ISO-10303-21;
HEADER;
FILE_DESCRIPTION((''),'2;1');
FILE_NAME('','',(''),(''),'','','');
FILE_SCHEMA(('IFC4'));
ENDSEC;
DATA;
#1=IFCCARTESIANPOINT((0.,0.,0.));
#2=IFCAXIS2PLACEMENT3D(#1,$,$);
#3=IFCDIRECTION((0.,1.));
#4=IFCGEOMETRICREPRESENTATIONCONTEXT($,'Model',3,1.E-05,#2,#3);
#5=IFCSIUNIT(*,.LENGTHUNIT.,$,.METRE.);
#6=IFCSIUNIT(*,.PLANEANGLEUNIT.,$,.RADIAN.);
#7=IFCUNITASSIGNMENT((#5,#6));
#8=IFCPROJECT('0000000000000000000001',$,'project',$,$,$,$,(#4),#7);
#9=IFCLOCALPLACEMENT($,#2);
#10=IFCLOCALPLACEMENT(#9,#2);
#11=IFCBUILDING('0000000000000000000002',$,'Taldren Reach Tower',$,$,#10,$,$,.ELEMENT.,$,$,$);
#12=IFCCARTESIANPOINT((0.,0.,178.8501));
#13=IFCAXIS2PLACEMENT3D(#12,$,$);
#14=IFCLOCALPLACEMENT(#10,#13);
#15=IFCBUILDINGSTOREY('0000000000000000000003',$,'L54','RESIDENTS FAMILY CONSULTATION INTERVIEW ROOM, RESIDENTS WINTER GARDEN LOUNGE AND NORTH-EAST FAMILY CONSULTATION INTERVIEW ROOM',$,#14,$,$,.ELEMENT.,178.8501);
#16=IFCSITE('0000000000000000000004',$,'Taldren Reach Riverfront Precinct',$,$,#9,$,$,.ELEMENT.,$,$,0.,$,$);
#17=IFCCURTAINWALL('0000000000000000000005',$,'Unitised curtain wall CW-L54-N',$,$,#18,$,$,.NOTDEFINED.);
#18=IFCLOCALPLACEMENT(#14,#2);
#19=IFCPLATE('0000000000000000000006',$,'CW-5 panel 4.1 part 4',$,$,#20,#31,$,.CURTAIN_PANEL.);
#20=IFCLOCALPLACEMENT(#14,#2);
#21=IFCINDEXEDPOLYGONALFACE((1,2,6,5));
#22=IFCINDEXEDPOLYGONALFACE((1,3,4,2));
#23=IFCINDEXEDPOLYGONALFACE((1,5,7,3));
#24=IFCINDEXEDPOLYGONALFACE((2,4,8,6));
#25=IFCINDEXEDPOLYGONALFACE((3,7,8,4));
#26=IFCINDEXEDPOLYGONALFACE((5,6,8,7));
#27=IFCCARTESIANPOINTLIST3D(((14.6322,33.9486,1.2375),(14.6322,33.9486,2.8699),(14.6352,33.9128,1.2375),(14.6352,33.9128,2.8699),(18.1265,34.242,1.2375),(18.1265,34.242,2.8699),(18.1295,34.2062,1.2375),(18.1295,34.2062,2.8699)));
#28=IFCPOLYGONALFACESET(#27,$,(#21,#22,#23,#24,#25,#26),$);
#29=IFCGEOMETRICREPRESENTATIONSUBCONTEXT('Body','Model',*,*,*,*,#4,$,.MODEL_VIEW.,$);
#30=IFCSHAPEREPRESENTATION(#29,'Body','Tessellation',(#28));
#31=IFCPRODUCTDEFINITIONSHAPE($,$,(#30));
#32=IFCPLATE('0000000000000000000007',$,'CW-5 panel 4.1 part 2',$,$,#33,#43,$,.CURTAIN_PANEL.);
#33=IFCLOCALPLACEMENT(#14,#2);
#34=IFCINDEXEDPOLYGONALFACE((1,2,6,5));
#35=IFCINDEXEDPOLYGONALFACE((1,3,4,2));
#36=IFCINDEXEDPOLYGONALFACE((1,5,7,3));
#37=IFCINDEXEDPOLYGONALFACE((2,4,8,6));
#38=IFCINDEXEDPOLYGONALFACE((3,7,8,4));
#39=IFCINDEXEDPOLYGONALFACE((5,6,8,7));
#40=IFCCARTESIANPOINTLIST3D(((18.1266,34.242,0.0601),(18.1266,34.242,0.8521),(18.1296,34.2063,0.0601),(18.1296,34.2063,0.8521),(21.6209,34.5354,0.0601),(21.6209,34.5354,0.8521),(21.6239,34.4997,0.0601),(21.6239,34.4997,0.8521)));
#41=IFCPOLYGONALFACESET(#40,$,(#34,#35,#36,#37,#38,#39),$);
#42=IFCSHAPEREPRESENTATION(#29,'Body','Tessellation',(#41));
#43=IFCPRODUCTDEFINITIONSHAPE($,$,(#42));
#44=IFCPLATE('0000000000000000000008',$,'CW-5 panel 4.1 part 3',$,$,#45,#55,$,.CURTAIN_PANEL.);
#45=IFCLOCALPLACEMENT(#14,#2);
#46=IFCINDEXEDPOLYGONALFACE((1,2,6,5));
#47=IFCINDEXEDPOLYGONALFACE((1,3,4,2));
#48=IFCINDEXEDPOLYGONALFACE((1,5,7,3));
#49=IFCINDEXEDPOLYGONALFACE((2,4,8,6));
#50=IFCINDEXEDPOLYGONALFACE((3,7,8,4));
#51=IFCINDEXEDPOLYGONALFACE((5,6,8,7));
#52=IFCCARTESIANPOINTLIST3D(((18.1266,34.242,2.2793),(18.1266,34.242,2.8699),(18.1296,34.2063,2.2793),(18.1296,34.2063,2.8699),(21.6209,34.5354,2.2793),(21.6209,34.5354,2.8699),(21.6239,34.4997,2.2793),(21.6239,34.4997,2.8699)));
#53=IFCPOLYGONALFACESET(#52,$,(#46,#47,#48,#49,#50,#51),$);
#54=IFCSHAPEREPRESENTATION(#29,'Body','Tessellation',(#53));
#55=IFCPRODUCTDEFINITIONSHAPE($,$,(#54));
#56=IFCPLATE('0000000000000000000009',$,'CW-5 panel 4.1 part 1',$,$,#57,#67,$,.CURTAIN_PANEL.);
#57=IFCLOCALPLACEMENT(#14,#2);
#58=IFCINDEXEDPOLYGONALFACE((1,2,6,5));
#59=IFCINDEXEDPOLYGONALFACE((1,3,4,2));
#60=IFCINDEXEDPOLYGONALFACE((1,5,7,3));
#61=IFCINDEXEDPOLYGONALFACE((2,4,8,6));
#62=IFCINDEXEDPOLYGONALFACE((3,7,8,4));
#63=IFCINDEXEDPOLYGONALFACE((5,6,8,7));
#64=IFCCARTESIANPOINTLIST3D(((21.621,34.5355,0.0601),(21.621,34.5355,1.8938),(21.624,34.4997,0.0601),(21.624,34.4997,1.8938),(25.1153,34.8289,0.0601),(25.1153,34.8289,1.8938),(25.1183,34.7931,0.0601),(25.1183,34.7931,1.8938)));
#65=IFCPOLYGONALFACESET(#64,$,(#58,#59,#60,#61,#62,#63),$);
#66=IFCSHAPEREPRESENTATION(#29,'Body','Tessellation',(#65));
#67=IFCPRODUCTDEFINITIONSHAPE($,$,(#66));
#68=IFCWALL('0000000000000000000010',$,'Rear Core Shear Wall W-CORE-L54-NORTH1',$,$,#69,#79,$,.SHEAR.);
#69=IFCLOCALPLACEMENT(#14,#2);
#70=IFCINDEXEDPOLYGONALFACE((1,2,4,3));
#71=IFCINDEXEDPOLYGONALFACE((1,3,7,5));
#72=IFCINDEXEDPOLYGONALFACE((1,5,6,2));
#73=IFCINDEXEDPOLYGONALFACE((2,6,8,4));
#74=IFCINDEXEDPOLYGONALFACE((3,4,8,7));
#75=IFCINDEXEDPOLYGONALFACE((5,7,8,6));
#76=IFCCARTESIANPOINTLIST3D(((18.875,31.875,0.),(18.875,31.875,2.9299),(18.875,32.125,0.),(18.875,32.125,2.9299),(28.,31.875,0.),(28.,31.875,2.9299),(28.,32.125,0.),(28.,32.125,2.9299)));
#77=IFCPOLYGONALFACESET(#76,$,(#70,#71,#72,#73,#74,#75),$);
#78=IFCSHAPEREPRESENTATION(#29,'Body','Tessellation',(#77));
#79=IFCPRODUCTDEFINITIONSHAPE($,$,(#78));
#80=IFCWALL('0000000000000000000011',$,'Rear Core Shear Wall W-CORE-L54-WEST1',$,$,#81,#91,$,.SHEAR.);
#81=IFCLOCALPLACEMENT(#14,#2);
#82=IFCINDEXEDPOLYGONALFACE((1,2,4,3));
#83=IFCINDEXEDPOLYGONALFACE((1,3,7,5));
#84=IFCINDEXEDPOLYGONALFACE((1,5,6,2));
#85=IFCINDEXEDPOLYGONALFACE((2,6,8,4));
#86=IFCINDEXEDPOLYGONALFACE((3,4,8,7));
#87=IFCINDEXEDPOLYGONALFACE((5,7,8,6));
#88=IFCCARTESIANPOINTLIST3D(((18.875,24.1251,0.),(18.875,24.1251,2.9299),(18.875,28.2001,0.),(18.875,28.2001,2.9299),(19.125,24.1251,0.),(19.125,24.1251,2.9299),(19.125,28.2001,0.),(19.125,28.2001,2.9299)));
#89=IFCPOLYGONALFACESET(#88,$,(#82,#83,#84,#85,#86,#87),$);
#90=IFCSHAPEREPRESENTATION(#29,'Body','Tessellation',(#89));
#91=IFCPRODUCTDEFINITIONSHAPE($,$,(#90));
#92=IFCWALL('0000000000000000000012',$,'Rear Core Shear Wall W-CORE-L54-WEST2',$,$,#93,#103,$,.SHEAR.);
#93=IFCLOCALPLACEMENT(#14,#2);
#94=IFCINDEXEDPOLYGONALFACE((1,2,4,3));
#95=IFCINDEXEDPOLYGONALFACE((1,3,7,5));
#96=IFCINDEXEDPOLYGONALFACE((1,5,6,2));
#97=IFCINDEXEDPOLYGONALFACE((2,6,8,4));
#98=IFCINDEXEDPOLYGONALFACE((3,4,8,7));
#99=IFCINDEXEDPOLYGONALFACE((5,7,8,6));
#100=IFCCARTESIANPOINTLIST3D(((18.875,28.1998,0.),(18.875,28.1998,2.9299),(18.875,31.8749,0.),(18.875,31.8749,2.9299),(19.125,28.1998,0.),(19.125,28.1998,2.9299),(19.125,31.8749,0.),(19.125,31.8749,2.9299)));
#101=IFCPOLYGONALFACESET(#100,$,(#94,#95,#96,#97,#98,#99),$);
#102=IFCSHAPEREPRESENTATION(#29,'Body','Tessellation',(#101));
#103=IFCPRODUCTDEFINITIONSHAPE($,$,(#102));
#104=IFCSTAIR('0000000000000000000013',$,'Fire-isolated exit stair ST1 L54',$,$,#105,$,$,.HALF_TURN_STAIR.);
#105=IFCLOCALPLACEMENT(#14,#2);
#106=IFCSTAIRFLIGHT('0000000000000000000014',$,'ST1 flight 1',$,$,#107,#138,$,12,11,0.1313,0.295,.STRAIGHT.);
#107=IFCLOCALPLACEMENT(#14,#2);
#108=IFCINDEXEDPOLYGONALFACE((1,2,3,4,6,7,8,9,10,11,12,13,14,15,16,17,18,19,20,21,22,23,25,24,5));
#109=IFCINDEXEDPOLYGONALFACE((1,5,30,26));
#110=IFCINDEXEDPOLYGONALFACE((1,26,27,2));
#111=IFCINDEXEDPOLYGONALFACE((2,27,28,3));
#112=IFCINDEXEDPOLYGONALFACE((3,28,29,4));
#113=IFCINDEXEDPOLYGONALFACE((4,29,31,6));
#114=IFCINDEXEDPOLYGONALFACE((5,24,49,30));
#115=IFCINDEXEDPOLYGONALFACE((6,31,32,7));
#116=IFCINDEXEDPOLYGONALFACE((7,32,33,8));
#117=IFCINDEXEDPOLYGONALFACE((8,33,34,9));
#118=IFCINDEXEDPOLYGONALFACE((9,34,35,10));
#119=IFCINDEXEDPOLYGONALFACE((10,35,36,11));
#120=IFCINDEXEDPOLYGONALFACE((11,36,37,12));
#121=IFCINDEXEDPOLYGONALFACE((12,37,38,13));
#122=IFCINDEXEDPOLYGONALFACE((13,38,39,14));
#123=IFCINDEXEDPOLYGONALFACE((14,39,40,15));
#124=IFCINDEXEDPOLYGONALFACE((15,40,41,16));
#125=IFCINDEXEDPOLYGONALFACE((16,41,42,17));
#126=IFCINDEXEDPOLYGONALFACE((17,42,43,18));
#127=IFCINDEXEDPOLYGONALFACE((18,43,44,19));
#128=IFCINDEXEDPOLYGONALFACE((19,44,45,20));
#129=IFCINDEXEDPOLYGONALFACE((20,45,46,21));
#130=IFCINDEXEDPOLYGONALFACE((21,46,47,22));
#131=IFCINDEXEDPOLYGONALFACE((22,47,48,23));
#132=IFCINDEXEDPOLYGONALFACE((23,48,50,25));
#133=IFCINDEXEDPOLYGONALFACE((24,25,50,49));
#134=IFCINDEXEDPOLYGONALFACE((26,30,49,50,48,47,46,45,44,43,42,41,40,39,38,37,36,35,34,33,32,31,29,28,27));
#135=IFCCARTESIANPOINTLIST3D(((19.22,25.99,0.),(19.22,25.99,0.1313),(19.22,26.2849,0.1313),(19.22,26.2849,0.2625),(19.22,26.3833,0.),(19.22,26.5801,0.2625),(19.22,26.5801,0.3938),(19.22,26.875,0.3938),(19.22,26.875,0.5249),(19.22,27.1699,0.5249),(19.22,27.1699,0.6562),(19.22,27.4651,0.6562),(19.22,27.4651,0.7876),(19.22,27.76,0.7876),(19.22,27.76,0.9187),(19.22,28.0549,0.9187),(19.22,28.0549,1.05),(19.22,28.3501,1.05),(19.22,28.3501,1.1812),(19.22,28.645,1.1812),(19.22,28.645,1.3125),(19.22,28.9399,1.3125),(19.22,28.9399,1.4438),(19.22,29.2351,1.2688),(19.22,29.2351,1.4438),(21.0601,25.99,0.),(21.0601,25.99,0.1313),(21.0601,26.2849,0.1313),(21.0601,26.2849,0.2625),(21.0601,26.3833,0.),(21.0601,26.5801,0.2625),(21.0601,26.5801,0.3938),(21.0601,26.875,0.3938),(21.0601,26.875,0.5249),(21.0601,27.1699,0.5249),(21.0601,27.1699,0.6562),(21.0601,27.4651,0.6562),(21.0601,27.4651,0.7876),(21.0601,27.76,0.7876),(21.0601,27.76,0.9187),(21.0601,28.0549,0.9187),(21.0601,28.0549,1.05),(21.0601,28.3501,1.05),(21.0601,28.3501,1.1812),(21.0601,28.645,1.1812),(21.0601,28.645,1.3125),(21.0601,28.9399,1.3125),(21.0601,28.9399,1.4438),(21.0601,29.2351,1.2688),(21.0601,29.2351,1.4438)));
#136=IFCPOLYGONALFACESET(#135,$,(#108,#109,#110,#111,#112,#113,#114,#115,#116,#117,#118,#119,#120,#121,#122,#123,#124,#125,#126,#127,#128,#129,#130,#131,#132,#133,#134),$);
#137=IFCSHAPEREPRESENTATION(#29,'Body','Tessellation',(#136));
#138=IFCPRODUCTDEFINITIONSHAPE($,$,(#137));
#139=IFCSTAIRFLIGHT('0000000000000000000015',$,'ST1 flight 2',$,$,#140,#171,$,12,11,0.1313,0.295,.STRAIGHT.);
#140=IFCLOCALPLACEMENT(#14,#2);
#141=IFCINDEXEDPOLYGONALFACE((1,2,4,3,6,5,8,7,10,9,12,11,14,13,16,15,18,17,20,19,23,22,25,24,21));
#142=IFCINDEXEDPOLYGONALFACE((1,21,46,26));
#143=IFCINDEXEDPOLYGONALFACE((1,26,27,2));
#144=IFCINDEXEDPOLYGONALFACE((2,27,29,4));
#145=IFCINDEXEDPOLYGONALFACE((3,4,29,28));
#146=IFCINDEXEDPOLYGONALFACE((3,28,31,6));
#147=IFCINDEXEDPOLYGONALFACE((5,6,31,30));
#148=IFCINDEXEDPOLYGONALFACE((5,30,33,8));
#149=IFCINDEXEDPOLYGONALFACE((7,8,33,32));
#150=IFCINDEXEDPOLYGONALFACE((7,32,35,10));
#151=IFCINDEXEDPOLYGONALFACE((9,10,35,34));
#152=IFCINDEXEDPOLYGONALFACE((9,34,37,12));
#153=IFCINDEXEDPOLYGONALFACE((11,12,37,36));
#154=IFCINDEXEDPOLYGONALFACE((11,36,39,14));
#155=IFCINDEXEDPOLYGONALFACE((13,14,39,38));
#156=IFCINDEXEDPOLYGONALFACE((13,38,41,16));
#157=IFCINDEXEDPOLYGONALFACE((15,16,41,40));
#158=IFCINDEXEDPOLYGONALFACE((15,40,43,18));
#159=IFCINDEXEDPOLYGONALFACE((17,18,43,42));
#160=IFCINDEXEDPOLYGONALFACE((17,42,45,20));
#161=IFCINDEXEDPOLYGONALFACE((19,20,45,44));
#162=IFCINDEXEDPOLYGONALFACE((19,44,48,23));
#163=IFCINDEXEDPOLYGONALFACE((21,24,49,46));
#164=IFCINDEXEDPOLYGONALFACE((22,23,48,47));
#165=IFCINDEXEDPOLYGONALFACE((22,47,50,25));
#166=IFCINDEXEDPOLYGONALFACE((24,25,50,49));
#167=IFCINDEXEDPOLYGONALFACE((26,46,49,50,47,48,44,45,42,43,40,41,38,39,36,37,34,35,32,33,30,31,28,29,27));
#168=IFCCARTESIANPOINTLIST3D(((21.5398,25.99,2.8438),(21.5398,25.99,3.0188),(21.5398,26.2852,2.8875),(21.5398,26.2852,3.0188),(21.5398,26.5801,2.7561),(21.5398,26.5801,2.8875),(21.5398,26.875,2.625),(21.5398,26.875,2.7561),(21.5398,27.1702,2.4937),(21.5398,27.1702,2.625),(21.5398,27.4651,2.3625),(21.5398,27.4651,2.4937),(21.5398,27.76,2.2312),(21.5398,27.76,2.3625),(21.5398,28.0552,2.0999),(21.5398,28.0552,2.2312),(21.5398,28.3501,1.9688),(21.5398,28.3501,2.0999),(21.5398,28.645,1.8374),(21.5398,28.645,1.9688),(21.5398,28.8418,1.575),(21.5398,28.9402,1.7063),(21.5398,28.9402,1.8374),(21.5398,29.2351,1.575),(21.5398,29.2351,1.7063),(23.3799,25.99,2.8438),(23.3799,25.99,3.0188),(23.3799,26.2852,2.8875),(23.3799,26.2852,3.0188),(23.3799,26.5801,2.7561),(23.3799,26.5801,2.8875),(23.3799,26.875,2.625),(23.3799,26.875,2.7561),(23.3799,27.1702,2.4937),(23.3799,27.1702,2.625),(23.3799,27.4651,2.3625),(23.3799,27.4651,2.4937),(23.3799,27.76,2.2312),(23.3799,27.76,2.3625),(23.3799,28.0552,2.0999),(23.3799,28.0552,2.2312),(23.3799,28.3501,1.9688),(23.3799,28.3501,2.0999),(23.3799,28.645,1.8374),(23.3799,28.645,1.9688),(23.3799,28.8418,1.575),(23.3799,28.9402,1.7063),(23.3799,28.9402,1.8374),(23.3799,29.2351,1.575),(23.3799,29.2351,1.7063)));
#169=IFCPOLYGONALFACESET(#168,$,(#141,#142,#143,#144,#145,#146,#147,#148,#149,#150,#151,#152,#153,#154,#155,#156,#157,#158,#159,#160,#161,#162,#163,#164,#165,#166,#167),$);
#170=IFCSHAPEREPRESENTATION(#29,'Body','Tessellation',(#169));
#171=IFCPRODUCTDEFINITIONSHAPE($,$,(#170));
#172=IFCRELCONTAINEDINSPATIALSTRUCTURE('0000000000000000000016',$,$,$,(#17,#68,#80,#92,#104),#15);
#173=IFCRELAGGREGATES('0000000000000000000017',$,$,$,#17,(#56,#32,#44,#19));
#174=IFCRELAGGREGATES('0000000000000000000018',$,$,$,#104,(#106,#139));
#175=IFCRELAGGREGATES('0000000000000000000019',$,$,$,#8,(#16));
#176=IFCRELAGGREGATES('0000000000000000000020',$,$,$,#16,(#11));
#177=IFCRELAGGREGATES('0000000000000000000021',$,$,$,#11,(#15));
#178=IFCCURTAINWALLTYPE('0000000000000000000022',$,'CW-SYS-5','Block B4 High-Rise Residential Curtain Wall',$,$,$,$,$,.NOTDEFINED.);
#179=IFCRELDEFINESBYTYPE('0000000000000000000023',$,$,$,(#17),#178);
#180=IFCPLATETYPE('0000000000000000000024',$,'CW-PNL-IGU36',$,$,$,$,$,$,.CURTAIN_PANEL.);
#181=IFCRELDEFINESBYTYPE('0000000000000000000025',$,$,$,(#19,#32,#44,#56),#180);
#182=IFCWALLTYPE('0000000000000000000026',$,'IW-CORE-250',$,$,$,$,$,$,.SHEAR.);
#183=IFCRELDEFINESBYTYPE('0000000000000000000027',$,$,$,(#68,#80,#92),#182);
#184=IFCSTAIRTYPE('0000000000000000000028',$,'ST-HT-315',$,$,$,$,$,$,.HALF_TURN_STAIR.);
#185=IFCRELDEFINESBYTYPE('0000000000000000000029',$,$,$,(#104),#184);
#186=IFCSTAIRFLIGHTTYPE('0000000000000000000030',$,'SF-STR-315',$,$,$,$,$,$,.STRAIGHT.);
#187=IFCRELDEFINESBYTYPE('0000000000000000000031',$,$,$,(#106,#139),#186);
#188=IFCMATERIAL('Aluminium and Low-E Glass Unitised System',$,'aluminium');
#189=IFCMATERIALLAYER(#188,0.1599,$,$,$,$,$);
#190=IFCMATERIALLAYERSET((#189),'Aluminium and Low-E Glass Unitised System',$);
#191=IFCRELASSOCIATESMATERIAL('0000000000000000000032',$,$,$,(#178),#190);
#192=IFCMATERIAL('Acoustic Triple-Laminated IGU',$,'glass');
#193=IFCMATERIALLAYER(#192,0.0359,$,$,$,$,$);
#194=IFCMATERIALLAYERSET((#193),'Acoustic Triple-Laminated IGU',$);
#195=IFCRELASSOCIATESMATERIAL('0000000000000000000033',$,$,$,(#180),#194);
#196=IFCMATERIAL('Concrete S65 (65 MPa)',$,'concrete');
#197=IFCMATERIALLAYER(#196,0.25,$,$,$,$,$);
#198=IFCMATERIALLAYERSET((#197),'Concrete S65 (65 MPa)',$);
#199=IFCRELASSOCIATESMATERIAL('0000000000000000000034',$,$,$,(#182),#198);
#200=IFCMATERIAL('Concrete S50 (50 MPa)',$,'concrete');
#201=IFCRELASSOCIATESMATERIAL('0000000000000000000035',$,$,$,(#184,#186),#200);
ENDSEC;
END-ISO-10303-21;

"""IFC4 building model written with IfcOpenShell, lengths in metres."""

from ifc_helpers import new_model, si_unit, direction, frame, frame_2d, origin, origin_2d, place, context, subcontext, project, spatial, polyline, rectangle, outline, extrude, source, transform, mapped, material, layer, layer_set, type_object, element, aggregate, save


model = new_model("IFC4")

# Units and contexts
model_context = context("Model", 3, precision=1e-05, world=origin(), true_north=direction((0.0, 1.0)))
body_context = subcontext(model_context, "Body", "Model", "MODEL_VIEW")
ifc_project = project(units=[si_unit("LENGTHUNIT", "METRE"), si_unit("PLANEANGLEUNIT", "RADIAN")], contexts=[model_context])

# Site, building, storey
site_placement = place(None, origin())
site = spatial("IfcSite", under=ifc_project, at=site_placement, Name="Taldren Reach Riverfront Precinct", CompositionType="ELEMENT", RefElevation=0.0)
building_placement = place(site_placement, origin())
building = spatial("IfcBuilding", under=site, at=building_placement, Name="Taldren Reach Tower", CompositionType="ELEMENT")
storey_placement = place(building_placement, frame((0.0, 0.0, 178.8501)))
storey = spatial("IfcBuildingStorey", under=building, at=storey_placement, Name="L54", Description="RESIDENTS FAMILY CONSULTATION INTERVIEW ROOM, RESIDENTS WINTER GARDEN LOUNGE AND NORTH-EAST FAMILY CONSULTATION INTERVIEW ROOM", CompositionType="ELEMENT", Elevation=178.8501)

# Curtain wall, plates
ifc_material_1 = material(Name="Aluminium and Low-E Glass Unitised System", Category="aluminium")
ifc_layer_1 = layer(ifc_material_1, 0.1599)
ifc_layer_set_1 = layer_set([ifc_layer_1], Name="Aluminium and Low-E Glass Unitised System")
curtain_wall_type = type_object("IfcCurtainWallType", Name="CW-SYS-5", Description="Block B4 High-Rise Residential Curtain Wall", PredefinedType="NOTDEFINED", material=ifc_layer_set_1)
curtain_wall_placement = place(storey_placement, origin())
curtain_wall = element("IfcCurtainWall", 1, at=curtain_wall_placement, inside=storey, type_object=curtain_wall_type, Name="Unitised curtain wall CW-L54-N", PredefinedType="NOTDEFINED")
ifc_material_2 = material(Name="Acoustic Triple-Laminated IGU", Category="glass")
ifc_layer_2 = layer(ifc_material_2, 0.0359)
ifc_layer_set_2 = layer_set([ifc_layer_2], Name="Acoustic Triple-Laminated IGU")
plate_type_1 = type_object("IfcPlateType", Name="CW-PNL-IGU36", PredefinedType="CURTAIN_PANEL", material=ifc_layer_set_2)
shared_shape_1 = source(origin(), body_context, "Body", "SweptSolid", [
    extrude(rectangle(XDim=3.5066, YDim=0.0359, at=origin_2d()), origin(), (0.0, 0.0, 1.0), 1.6323),
])
plate_1_placement = place(storey_placement, frame((16.3809, 34.0774, 1.2375), z_axis=(0.0, 0.0, 1.0), x_axis=(-0.996493, -0.083678, 0.0)))
plate_1 = element("IfcPlate", 2, at=plate_1_placement, type_object=plate_type_1, Name="CW-5 panel 4.1 part 4", PredefinedType="CURTAIN_PANEL", context=body_context, shape_type="MappedRepresentation", body=[
    mapped(shared_shape_1, transform((0.0, 0.0, 0.0), scale=1.0)),
])
shared_shape_2 = source(origin(), body_context, "Body", "SweptSolid", [
    extrude(rectangle(XDim=3.5066, YDim=0.0359, at=origin_2d()), origin(), (0.0, 0.0, 1.0), 0.792),
])
plate_2_placement = place(storey_placement, frame((19.8752, 34.3708, 0.0601), z_axis=(0.0, 0.0, 1.0), x_axis=(-0.996493, -0.083678, 0.0)))
plate_2 = element("IfcPlate", 3, at=plate_2_placement, type_object=plate_type_1, Name="CW-5 panel 4.1 part 2", PredefinedType="CURTAIN_PANEL", context=body_context, shape_type="MappedRepresentation", body=[
    mapped(shared_shape_2, transform((0.0, 0.0, 0.0), scale=1.0)),
])
shared_shape_3 = source(origin(), body_context, "Body", "SweptSolid", [
    extrude(rectangle(XDim=3.5066, YDim=0.0359, at=origin_2d()), origin(), (0.0, 0.0, 1.0), 0.5906),
])
plate_3_placement = place(storey_placement, frame((19.8752, 34.3708, 2.2793), z_axis=(0.0, 0.0, 1.0), x_axis=(-0.996493, -0.083678, 0.0)))
plate_3 = element("IfcPlate", 4, at=plate_3_placement, type_object=plate_type_1, Name="CW-5 panel 4.1 part 3", PredefinedType="CURTAIN_PANEL", context=body_context, shape_type="MappedRepresentation", body=[
    mapped(shared_shape_3, transform((0.0, 0.0, 0.0), scale=1.0)),
])
shared_shape_4 = source(origin(), body_context, "Body", "SweptSolid", [
    extrude(rectangle(XDim=3.5066, YDim=0.0359, at=origin_2d()), origin(), (0.0, 0.0, 1.0), 1.8337),
])
plate_4_placement = place(storey_placement, frame((23.3696, 34.6643, 0.0601), z_axis=(0.0, 0.0, 1.0), x_axis=(-0.996493, -0.083678, 0.0)))
plate_4 = element("IfcPlate", 5, at=plate_4_placement, type_object=plate_type_1, Name="CW-5 panel 4.1 part 1", PredefinedType="CURTAIN_PANEL", context=body_context, shape_type="MappedRepresentation", body=[
    mapped(shared_shape_4, transform((0.0, 0.0, 0.0), scale=1.0)),
])
aggregate(curtain_wall, [plate_4, plate_2, plate_3, plate_1])

# Walls
ifc_material_3 = material(Name="Concrete S65 (65 MPa)", Category="concrete")
ifc_layer_3 = layer(ifc_material_3, 0.25)
ifc_layer_set_3 = layer_set([ifc_layer_3], Name="Concrete S65 (65 MPa)")
wall_type = type_object("IfcWallType", Name="IW-CORE-250", PredefinedType="SHEAR", material=ifc_layer_set_3)
shared_shape_5 = source(origin(), body_context, "Body", "SweptSolid", [
    extrude(rectangle(XDim=9.125, YDim=0.25, at=frame_2d((4.5625, 0.0))), origin(), (0.0, 0.0, 1.0), 2.9299),
])
wall_1_placement = place(storey_placement, frame((18.875, 32.0, 0.0), z_axis=(0.0, 0.0, 1.0), x_axis=(1.0, 0.0, 0.0)))
element("IfcWall", 6, at=wall_1_placement, inside=storey, type_object=wall_type, Name="Rear Core Shear Wall W-CORE-L54-NORTH1", PredefinedType="SHEAR", context=body_context, shape_type="MappedRepresentation", body=[
    mapped(shared_shape_5, transform((0.0, 0.0, 0.0), scale=1.0)),
])
shared_shape_6 = source(origin(), body_context, "Body", "SweptSolid", [
    extrude(rectangle(XDim=4.075, YDim=0.25, at=frame_2d((2.0376, 0.0))), origin(), (0.0, 0.0, 1.0), 2.9299),
])
wall_2_placement = place(storey_placement, frame((19.0, 24.125, 0.0), z_axis=(0.0, 0.0, 1.0), x_axis=(0.0, 1.0, 0.0)))
element("IfcWall", 7, at=wall_2_placement, inside=storey, type_object=wall_type, Name="Rear Core Shear Wall W-CORE-L54-WEST1", PredefinedType="SHEAR", context=body_context, shape_type="MappedRepresentation", body=[
    mapped(shared_shape_6, transform((0.0, 0.0, 0.0), scale=1.0)),
])
shared_shape_7 = source(origin(), body_context, "Body", "SweptSolid", [
    extrude(rectangle(XDim=3.675, YDim=0.25, at=frame_2d((1.8374, 0.0))), origin(), (0.0, 0.0, 1.0), 2.9299),
])
wall_3_placement = place(storey_placement, frame((19.0, 28.2, 0.0), z_axis=(0.0, 0.0, 1.0), x_axis=(0.0, 1.0, 0.0)))
element("IfcWall", 8, at=wall_3_placement, inside=storey, type_object=wall_type, Name="Rear Core Shear Wall W-CORE-L54-WEST2", PredefinedType="SHEAR", context=body_context, shape_type="MappedRepresentation", body=[
    mapped(shared_shape_7, transform((0.0, 0.0, 0.0), scale=1.0)),
])

# Stair, stair flights
ifc_material_4 = material(Name="Concrete S50 (50 MPa)", Category="concrete")
stair_type = type_object("IfcStairType", Name="ST-HT-315", PredefinedType="HALF_TURN_STAIR", material=ifc_material_4)
stair_placement = place(storey_placement, origin())
stair = element("IfcStair", 9, at=stair_placement, inside=storey, type_object=stair_type, Name="Fire-isolated exit stair ST1 L54", PredefinedType="HALF_TURN_STAIR")
stair_flight_type = type_object("IfcStairFlightType", Name="SF-STR-315", PredefinedType="STRAIGHT", material=ifc_material_4)
stair_flight_1_placement = place(storey_placement, frame((20.1399, 25.99, 0.0), z_axis=(0.0, 0.0, 1.0), x_axis=(0.0, 1.0, 0.0)))
stair_flight_1 = element("IfcStairFlight", 10, at=stair_flight_1_placement, type_object=stair_flight_type, Name="ST1 flight 1", NumberOfRisers=12, NumberOfTreads=11, PredefinedType="STRAIGHT", RiserHeight=0.1313, TreadLength=0.295, context=body_context, shape_type="SweptSolid", body=[
    extrude(outline(polyline([(0.0, 0.0), (0.0, 0.1313), (0.2949, 0.1313), (0.2949, 0.2625), (0.5901, 0.2625), (0.5901, 0.3938), (0.885, 0.3938), (0.885, 0.5249), (1.1799, 0.5249), (1.1799, 0.6562), (1.4751, 0.6562), (1.4751, 0.7876), (1.77, 0.7876), (1.77, 0.9187), (2.0649, 0.9187), (2.0649, 1.05), (2.3601, 1.05), (2.3601, 1.1812), (2.655, 1.1812), (2.655, 1.3125), (2.95, 1.3125), (2.95, 1.4438), (3.2451, 1.4438), (3.2451, 1.575), (3.2451, 1.2688), (0.3933, 0.0), (0.0, 0.0)])), frame((0.0, 0.9199, 0.0), z_axis=(0.0, -1.0, 0.0), x_axis=(1.0, 0.0, 0.0)), (0.0, 0.0, 1.0), 1.8401),
])
stair_flight_2_placement = place(storey_placement, frame((22.46, 29.2351, 1.575), z_axis=(0.0, 0.0, 1.0), x_axis=(0.0, -1.0, 0.0)))
stair_flight_2 = element("IfcStairFlight", 11, at=stair_flight_2_placement, type_object=stair_flight_type, Name="ST1 flight 2", NumberOfRisers=12, NumberOfTreads=11, PredefinedType="STRAIGHT", RiserHeight=0.1313, TreadLength=0.295, context=body_context, shape_type="SweptSolid", body=[
    extrude(outline(polyline([(0.0, 0.0), (0.0, 0.1313), (0.2949, 0.1313), (0.2949, 0.2625), (0.5901, 0.2625), (0.5901, 0.3938), (0.885, 0.3938), (0.885, 0.5249), (1.1799, 0.5249), (1.1799, 0.6562), (1.4751, 0.6562), (1.4751, 0.7876), (1.77, 0.7876), (1.77, 0.9187), (2.0649, 0.9187), (2.0649, 1.05), (2.3601, 1.05), (2.3601, 1.1812), (2.655, 1.1812), (2.655, 1.3125), (2.95, 1.3125), (2.95, 1.4438), (3.2451, 1.4438), (3.2451, 1.575), (3.2451, 1.2688), (0.3933, 0.0), (0.0, 0.0)])), frame((0.0, 0.9199, 0.0), z_axis=(0.0, -1.0, 0.0), x_axis=(1.0, 0.0, 0.0)), (0.0, 0.0, 1.0), 1.8401),
])
aggregate(stair, [stair_flight_1, stair_flight_2])

save(model, "model.ifc")
